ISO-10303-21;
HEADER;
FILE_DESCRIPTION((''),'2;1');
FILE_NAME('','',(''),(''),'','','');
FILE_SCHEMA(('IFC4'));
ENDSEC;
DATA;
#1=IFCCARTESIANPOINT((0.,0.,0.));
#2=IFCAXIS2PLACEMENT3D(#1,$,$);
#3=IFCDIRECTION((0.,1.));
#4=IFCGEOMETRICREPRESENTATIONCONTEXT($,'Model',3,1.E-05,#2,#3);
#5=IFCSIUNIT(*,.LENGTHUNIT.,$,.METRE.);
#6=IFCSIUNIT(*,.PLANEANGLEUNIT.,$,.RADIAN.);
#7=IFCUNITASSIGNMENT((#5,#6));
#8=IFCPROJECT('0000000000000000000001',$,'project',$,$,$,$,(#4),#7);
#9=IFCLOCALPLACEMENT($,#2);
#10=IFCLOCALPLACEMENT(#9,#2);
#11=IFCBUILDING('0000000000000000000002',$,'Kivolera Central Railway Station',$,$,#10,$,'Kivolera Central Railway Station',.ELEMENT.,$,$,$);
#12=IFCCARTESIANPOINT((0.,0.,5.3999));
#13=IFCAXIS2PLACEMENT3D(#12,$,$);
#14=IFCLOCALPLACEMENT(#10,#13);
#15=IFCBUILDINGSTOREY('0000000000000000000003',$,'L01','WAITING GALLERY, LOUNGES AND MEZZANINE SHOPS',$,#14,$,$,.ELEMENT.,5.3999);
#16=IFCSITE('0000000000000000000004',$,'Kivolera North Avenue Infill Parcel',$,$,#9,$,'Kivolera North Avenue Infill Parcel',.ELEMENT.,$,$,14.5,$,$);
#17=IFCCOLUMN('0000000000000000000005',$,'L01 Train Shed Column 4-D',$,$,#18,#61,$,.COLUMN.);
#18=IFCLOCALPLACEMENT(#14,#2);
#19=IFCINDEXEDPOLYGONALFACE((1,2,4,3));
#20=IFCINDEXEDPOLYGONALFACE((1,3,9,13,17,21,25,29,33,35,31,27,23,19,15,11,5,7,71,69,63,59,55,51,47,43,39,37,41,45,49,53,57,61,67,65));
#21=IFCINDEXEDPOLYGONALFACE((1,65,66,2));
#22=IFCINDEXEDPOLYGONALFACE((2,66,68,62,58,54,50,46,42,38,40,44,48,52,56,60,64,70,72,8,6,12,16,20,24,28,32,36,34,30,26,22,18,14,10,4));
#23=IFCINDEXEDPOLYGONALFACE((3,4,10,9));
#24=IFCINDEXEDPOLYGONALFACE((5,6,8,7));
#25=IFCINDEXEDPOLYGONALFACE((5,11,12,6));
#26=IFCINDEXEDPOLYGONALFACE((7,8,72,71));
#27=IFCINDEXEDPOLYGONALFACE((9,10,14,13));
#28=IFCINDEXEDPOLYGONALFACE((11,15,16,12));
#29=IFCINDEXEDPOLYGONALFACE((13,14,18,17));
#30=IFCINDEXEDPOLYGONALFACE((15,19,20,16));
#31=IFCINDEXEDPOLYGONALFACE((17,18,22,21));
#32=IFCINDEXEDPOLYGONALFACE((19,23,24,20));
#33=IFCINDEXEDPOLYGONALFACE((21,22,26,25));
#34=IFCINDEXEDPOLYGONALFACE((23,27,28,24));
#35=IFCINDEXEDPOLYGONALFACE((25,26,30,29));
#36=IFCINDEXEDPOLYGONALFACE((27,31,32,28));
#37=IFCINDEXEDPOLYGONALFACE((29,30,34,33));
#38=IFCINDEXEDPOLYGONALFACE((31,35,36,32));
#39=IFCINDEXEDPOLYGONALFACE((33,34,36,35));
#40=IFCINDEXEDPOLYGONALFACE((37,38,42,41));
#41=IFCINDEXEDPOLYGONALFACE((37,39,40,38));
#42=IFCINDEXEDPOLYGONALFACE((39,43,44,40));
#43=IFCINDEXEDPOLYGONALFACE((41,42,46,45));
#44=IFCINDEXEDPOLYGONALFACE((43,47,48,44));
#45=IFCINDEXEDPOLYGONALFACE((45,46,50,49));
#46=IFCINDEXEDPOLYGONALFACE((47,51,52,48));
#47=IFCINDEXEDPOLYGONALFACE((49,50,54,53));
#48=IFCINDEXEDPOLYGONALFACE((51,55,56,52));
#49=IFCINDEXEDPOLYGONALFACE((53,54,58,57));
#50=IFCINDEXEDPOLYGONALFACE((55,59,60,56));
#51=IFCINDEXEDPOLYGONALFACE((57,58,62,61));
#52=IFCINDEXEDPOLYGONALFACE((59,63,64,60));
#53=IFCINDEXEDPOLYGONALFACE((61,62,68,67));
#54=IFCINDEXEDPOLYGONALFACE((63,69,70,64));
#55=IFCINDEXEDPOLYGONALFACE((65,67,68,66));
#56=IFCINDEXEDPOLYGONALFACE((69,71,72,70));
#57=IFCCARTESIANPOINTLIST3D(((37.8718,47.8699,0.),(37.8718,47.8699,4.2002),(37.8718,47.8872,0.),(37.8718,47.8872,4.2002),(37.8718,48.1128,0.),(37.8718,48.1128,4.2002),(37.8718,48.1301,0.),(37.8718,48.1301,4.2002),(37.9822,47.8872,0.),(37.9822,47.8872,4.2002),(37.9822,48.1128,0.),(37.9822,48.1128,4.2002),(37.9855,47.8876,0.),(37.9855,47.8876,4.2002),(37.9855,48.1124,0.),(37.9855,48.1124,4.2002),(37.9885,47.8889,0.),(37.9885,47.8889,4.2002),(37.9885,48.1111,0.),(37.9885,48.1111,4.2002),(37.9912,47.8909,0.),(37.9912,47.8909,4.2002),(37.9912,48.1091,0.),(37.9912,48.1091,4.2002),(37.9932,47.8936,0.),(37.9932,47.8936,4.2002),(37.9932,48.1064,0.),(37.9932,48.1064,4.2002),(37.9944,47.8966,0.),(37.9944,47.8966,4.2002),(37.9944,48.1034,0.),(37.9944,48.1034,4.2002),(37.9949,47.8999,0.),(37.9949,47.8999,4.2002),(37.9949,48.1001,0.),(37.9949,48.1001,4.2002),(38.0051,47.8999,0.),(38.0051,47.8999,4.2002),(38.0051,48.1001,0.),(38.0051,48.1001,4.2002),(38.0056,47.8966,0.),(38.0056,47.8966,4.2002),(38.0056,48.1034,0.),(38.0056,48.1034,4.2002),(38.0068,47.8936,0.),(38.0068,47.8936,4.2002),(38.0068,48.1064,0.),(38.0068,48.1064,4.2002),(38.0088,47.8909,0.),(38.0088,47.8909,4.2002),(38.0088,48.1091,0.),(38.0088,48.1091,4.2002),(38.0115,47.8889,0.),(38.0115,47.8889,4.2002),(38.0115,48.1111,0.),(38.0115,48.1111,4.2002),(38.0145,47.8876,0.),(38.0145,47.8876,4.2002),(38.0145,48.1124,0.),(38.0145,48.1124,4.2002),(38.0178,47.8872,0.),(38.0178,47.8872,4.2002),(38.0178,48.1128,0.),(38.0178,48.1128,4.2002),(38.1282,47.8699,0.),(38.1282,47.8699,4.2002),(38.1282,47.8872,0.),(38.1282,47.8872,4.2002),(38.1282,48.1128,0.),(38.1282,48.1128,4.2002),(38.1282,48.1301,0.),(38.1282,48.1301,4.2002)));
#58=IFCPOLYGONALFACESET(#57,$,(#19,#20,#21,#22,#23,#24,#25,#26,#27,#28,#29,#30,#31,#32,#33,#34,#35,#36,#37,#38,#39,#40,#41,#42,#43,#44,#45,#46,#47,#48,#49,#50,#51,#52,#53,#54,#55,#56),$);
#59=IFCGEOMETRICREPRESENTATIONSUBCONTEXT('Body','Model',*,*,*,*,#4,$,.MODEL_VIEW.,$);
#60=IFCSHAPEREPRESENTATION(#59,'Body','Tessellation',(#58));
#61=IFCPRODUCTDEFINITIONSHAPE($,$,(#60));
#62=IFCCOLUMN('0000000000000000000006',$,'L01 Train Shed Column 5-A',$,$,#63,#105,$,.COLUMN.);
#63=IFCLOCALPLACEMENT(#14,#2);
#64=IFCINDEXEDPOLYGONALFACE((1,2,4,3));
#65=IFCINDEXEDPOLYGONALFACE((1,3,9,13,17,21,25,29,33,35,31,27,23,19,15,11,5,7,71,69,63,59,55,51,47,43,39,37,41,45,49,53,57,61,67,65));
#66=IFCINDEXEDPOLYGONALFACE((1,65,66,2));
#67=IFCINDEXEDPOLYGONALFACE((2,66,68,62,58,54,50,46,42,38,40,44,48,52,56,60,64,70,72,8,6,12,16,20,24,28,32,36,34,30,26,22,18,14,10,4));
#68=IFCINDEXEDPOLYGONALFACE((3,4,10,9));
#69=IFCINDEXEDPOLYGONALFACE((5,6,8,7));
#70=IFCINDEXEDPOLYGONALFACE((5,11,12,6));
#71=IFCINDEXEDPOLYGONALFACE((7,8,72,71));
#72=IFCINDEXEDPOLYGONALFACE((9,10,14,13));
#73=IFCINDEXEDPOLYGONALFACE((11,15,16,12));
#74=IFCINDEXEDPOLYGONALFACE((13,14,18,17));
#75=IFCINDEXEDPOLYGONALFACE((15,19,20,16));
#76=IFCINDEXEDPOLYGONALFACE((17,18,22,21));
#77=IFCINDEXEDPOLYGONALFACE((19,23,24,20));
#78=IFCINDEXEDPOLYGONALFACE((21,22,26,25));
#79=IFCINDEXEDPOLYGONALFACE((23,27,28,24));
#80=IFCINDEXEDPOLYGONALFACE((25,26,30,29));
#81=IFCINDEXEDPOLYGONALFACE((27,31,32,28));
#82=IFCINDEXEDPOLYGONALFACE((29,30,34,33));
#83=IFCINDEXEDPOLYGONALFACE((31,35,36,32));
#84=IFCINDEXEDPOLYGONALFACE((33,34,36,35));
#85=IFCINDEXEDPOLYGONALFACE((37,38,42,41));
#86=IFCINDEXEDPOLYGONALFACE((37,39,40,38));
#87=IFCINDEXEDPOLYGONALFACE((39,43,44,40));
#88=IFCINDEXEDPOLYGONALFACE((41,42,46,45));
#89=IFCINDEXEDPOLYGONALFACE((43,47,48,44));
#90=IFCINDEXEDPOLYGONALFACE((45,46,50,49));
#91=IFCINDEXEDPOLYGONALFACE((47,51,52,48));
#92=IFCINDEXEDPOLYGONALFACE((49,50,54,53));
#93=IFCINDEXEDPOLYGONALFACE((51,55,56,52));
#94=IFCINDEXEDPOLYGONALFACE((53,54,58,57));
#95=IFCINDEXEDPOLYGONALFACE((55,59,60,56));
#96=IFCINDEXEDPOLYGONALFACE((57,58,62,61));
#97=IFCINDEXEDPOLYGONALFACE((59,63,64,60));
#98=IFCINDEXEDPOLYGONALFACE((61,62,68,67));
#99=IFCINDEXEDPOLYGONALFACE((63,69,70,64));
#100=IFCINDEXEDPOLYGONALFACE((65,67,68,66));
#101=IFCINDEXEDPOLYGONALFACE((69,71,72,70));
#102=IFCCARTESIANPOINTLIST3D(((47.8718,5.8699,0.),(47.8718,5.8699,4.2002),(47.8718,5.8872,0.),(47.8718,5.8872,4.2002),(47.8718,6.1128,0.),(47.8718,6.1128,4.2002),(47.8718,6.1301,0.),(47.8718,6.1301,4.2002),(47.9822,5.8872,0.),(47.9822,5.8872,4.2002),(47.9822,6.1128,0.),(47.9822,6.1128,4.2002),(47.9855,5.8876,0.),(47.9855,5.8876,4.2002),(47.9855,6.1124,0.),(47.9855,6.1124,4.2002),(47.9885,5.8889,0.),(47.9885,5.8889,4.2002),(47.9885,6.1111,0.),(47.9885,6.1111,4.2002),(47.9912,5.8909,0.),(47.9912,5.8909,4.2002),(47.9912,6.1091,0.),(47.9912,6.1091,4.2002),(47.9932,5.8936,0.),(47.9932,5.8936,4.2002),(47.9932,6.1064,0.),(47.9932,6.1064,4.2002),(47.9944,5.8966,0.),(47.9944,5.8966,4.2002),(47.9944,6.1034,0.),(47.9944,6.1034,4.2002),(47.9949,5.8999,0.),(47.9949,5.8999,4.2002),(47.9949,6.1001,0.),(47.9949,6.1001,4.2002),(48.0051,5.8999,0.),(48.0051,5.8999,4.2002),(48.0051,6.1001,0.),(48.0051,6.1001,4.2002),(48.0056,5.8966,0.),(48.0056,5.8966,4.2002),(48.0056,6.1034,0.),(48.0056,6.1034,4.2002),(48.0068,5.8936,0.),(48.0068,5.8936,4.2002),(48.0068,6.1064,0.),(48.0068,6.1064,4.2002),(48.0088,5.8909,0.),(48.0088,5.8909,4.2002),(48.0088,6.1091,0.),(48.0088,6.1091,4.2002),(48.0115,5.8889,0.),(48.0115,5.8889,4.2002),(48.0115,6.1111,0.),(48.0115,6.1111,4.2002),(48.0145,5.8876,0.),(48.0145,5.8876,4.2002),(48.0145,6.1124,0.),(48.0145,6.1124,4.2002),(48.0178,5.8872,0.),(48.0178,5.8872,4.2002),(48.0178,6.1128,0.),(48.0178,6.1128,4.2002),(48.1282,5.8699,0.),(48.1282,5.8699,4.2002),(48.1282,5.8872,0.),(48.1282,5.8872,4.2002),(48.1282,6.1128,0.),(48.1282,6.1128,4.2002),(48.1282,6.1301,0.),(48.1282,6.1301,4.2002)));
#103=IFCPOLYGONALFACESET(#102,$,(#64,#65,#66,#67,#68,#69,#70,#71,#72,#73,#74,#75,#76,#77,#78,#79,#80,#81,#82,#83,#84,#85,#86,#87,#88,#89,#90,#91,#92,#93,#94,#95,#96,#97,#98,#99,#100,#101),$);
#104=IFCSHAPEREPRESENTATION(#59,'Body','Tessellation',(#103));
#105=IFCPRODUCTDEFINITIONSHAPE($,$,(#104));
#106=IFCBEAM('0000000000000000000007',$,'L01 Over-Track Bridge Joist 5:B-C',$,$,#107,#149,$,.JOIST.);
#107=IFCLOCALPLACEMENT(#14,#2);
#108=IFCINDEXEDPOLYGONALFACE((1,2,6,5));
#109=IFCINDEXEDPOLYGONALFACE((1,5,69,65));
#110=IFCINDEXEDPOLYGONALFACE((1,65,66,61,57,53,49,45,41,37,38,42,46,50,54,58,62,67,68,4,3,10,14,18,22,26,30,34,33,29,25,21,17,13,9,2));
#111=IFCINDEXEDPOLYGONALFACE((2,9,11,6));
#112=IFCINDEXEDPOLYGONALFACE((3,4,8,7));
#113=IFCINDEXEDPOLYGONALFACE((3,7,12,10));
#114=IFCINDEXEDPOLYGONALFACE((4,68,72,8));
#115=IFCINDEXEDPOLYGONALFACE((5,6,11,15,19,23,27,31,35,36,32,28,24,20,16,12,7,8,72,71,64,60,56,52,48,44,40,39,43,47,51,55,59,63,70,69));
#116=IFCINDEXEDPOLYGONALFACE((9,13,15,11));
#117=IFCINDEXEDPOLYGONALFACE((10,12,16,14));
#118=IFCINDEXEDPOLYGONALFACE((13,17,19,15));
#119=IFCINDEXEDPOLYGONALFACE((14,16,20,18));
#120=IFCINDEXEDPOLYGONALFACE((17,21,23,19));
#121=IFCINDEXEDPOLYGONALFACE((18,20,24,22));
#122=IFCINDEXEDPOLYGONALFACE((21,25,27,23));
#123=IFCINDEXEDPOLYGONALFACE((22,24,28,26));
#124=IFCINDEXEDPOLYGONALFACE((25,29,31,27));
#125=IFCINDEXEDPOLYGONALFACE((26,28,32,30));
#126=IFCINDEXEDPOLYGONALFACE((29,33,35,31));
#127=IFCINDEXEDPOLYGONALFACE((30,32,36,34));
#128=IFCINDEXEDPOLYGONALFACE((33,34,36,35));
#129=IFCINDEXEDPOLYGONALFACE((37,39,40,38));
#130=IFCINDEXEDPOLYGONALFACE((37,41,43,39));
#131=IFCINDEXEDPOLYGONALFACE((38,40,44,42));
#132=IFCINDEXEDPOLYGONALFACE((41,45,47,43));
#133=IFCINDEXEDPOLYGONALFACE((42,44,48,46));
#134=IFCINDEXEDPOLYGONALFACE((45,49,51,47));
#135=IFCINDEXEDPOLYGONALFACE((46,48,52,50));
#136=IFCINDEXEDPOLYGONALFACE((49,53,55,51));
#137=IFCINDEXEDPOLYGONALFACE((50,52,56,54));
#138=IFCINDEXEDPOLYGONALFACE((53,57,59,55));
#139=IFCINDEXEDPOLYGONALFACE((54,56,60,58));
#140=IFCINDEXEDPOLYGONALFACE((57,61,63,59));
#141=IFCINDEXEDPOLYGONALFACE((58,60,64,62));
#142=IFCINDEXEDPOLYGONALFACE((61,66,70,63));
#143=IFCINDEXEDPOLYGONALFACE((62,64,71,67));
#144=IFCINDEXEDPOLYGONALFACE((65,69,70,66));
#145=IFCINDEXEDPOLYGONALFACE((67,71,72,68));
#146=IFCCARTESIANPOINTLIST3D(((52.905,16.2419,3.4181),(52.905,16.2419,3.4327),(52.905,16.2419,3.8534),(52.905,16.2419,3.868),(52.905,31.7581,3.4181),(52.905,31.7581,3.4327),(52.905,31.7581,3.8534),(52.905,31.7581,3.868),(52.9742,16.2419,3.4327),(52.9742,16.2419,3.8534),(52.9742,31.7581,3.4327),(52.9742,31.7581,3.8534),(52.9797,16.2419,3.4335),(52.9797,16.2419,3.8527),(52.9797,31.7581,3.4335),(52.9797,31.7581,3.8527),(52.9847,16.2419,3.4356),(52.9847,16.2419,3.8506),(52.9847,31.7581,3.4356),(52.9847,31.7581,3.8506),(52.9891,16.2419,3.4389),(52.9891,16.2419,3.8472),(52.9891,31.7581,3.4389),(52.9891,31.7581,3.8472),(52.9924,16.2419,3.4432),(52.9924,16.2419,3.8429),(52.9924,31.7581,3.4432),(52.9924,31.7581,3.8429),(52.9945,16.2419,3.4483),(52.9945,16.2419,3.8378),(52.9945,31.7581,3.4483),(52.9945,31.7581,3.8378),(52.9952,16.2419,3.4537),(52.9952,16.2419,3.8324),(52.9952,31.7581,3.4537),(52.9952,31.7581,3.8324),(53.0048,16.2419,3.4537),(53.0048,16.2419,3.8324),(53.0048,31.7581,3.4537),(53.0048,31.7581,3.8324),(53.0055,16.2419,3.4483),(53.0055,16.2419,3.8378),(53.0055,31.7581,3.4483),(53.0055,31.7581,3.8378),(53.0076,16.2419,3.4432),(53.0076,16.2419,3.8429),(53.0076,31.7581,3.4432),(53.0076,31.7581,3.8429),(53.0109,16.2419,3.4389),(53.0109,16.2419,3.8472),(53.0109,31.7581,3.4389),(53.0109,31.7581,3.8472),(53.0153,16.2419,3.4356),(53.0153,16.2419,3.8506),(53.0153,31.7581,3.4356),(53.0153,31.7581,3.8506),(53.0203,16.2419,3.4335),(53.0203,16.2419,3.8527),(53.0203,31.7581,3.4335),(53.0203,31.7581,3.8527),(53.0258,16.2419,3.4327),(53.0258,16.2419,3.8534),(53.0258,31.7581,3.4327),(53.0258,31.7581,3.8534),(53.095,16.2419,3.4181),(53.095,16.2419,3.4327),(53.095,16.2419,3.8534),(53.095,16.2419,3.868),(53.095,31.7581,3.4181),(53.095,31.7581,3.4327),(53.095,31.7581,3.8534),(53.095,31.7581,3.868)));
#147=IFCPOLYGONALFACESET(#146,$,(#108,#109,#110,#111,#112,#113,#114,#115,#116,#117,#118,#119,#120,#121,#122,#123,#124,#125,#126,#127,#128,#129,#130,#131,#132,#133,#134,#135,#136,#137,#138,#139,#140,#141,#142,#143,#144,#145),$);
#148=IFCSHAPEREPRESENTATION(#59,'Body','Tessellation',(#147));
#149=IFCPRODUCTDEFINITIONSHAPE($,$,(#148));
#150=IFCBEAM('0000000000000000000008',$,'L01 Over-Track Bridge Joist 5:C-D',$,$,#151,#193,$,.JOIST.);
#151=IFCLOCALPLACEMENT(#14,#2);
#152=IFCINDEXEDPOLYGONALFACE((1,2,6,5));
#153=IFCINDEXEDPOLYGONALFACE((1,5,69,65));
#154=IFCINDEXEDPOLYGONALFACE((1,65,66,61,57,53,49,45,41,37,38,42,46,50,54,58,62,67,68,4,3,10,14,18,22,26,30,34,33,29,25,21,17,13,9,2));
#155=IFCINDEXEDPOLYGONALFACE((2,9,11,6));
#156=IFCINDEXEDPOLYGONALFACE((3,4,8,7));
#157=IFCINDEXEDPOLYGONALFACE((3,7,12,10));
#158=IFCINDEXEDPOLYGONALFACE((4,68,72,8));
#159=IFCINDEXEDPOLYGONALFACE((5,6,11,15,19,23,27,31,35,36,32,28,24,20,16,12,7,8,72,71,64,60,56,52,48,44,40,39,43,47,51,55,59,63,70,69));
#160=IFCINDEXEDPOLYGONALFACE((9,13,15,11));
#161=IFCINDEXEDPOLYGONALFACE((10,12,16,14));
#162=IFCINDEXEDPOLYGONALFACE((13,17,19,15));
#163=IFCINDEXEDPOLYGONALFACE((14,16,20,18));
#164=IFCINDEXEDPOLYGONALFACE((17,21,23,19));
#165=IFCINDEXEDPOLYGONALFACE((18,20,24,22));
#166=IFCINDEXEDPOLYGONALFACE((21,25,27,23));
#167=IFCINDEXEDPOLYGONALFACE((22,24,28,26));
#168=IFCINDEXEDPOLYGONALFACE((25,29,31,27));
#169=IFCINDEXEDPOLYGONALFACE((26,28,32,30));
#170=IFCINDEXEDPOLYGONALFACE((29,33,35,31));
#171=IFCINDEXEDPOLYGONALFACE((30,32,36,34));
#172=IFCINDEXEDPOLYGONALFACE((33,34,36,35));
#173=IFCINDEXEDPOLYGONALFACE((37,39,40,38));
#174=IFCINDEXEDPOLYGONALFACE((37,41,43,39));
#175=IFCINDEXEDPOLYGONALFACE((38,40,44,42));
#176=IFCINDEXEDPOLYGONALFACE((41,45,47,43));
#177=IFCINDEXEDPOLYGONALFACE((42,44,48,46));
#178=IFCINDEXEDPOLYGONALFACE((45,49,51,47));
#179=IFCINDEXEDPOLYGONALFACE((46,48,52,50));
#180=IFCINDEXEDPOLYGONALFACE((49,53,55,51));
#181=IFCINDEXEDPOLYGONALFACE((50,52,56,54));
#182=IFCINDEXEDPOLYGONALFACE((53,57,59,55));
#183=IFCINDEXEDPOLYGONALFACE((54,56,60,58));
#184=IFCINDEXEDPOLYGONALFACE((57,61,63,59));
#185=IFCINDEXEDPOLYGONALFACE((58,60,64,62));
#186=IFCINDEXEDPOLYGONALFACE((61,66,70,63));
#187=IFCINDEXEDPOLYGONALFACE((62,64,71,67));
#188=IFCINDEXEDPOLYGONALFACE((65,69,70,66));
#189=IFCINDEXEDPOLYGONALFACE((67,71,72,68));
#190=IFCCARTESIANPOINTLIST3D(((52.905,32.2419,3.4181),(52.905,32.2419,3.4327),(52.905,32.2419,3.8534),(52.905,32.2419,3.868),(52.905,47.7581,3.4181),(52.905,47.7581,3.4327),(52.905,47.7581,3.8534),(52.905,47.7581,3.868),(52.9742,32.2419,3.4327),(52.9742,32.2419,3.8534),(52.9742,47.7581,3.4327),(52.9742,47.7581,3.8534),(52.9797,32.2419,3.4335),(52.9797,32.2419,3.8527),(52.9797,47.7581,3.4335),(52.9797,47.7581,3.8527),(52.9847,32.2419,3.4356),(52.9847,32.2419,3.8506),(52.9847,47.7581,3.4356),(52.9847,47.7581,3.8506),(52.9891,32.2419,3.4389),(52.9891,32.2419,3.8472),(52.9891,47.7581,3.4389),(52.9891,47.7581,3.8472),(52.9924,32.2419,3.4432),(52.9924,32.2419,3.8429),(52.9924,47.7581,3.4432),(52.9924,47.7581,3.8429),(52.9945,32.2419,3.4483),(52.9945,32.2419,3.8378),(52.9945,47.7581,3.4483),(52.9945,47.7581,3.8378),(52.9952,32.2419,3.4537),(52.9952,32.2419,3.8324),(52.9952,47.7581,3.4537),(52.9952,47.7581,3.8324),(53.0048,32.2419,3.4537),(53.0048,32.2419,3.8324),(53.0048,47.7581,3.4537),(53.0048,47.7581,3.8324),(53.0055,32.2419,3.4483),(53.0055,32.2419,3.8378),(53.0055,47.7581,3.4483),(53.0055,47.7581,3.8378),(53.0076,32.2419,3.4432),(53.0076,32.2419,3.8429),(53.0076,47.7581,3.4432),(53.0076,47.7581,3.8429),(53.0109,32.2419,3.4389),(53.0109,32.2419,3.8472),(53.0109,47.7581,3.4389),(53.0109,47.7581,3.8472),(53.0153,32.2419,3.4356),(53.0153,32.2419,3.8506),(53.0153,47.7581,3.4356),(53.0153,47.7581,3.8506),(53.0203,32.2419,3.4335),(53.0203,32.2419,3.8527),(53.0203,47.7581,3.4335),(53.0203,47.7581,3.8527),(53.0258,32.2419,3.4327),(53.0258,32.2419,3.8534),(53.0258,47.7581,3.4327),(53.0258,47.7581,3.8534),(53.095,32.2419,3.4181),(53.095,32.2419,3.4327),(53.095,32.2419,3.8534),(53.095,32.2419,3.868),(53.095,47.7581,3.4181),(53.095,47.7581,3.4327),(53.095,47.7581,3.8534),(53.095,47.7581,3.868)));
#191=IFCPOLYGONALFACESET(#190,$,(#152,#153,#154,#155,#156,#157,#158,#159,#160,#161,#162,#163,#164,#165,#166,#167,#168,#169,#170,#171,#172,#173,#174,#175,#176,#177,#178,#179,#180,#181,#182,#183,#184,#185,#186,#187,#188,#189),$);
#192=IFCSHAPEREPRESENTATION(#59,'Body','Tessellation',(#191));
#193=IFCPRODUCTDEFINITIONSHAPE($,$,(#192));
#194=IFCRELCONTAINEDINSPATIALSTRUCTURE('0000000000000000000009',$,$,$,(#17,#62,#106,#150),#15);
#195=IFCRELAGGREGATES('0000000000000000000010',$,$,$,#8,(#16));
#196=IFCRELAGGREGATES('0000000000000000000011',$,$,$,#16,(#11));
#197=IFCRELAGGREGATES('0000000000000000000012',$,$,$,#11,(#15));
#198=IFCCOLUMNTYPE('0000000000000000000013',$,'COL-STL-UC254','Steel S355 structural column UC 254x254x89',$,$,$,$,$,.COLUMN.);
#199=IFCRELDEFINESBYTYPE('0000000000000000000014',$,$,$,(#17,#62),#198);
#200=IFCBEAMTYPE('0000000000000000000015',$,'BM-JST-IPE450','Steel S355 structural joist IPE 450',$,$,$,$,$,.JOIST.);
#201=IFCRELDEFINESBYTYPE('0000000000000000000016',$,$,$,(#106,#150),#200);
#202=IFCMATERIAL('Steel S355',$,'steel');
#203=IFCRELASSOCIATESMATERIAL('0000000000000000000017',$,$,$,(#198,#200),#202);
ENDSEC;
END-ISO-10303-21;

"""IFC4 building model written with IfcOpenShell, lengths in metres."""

from ifc_helpers import new_model, si_unit, direction, frame, origin, origin_2d, place, context, subcontext, project, spatial, i_section, extrude, material, material_profile, profile_set, type_object, element, save


model = new_model("IFC4")

# Units and contexts
model_context = context("Model", 3, precision=1e-05, world=origin(), true_north=direction((0.0, 1.0)))
body_context = subcontext(model_context, "Body", "Model", "MODEL_VIEW")
ifc_project = project(units=[si_unit("LENGTHUNIT", "METRE"), si_unit("PLANEANGLEUNIT", "RADIAN")], contexts=[model_context])

# Site, building, storey
site_placement = place(None, origin())
site = spatial("IfcSite", under=ifc_project, at=site_placement, Name="Kivolera North Avenue Infill Parcel", LongName="Kivolera North Avenue Infill Parcel", CompositionType="ELEMENT", RefElevation=14.5)
building_placement = place(site_placement, origin())
building = spatial("IfcBuilding", under=site, at=building_placement, Name="Kivolera Central Railway Station", LongName="Kivolera Central Railway Station", CompositionType="ELEMENT")
storey_placement = place(building_placement, frame((0.0, 0.0, 5.3999)))
storey = spatial("IfcBuildingStorey", under=building, at=storey_placement, Name="L01", Description="WAITING GALLERY, LOUNGES AND MEZZANINE SHOPS", CompositionType="ELEMENT", Elevation=5.3999)

# Columns
ifc_material_1 = material(Name="Steel S355", Category="steel")
ifc_material_profile_1 = material_profile(ifc_material_1, i_section(OverallWidth=0.2563, OverallDepth=0.2603, WebThickness=0.0103, FlangeThickness=0.0173, FilletRadius=0.0127, at=origin_2d()), Name="UC 254x254x89")
ifc_profile_set_1 = profile_set([ifc_material_profile_1], Name="Steel S355")
column_type_1 = type_object("IfcColumnType", Name="COL-STL-UC254", Description="Steel S355 structural column UC 254x254x89", PredefinedType="COLUMN", material=ifc_profile_set_1)
for number, where, z_axis, x_axis, name in (
    (1, (38.0, 48.0, 0.0), (0.0, 0.0, 1.0), (1.0, 0.0, 0.0), "L01 Train Shed Column 4-D"),
    (2, (48.0, 6.0, 0.0), (0.0, 0.0, 1.0), (1.0, 0.0, 0.0), "L01 Train Shed Column 5-A"),
):
    element("IfcColumn", number, at=place(storey_placement, frame(where, z_axis=z_axis, x_axis=x_axis)), inside=storey, type_object=column_type_1, Name=name, PredefinedType="COLUMN", context=body_context, shape_type="SweptSolid", body=[
        extrude(i_section(OverallWidth=0.2563, OverallDepth=0.2603, WebThickness=0.0103, FlangeThickness=0.0173, FilletRadius=0.0127, at=origin_2d()), origin(), (0.0, 0.0, 1.0), 4.2002),
    ])

# Beams
ifc_material_profile_2 = material_profile(ifc_material_1, i_section(OverallWidth=0.1899, OverallDepth=0.45, WebThickness=0.0095, FlangeThickness=0.0146, FilletRadius=0.021, at=origin_2d()), Name="IPE 450")
ifc_profile_set_2 = profile_set([ifc_material_profile_2], Name="Steel S355")
beam_type_1 = type_object("IfcBeamType", Name="BM-JST-IPE450", Description="Steel S355 structural joist IPE 450", PredefinedType="JOIST", material=ifc_profile_set_2)
for number, where, z_axis, x_axis, name in (
    (3, (53.0, 16.2419, 3.6431), (0.0, 1.0, 0.0), (-1.0, 0.0, 0.0), "L01 Over-Track Bridge Joist 5:B-C"),
    (4, (53.0, 32.2419, 3.6431), (0.0, 1.0, 0.0), (-1.0, 0.0, 0.0), "L01 Over-Track Bridge Joist 5:C-D"),
):
    element("IfcBeam", number, at=place(storey_placement, frame(where, z_axis=z_axis, x_axis=x_axis)), inside=storey, type_object=beam_type_1, Name=name, PredefinedType="JOIST", context=body_context, shape_type="SweptSolid", body=[
        extrude(i_section(OverallWidth=0.1899, OverallDepth=0.45, WebThickness=0.0095, FlangeThickness=0.0146, FilletRadius=0.021, at=origin_2d()), origin(), (0.0, 0.0, 1.0), 15.5161),
    ])

save(model, "model.ifc")
